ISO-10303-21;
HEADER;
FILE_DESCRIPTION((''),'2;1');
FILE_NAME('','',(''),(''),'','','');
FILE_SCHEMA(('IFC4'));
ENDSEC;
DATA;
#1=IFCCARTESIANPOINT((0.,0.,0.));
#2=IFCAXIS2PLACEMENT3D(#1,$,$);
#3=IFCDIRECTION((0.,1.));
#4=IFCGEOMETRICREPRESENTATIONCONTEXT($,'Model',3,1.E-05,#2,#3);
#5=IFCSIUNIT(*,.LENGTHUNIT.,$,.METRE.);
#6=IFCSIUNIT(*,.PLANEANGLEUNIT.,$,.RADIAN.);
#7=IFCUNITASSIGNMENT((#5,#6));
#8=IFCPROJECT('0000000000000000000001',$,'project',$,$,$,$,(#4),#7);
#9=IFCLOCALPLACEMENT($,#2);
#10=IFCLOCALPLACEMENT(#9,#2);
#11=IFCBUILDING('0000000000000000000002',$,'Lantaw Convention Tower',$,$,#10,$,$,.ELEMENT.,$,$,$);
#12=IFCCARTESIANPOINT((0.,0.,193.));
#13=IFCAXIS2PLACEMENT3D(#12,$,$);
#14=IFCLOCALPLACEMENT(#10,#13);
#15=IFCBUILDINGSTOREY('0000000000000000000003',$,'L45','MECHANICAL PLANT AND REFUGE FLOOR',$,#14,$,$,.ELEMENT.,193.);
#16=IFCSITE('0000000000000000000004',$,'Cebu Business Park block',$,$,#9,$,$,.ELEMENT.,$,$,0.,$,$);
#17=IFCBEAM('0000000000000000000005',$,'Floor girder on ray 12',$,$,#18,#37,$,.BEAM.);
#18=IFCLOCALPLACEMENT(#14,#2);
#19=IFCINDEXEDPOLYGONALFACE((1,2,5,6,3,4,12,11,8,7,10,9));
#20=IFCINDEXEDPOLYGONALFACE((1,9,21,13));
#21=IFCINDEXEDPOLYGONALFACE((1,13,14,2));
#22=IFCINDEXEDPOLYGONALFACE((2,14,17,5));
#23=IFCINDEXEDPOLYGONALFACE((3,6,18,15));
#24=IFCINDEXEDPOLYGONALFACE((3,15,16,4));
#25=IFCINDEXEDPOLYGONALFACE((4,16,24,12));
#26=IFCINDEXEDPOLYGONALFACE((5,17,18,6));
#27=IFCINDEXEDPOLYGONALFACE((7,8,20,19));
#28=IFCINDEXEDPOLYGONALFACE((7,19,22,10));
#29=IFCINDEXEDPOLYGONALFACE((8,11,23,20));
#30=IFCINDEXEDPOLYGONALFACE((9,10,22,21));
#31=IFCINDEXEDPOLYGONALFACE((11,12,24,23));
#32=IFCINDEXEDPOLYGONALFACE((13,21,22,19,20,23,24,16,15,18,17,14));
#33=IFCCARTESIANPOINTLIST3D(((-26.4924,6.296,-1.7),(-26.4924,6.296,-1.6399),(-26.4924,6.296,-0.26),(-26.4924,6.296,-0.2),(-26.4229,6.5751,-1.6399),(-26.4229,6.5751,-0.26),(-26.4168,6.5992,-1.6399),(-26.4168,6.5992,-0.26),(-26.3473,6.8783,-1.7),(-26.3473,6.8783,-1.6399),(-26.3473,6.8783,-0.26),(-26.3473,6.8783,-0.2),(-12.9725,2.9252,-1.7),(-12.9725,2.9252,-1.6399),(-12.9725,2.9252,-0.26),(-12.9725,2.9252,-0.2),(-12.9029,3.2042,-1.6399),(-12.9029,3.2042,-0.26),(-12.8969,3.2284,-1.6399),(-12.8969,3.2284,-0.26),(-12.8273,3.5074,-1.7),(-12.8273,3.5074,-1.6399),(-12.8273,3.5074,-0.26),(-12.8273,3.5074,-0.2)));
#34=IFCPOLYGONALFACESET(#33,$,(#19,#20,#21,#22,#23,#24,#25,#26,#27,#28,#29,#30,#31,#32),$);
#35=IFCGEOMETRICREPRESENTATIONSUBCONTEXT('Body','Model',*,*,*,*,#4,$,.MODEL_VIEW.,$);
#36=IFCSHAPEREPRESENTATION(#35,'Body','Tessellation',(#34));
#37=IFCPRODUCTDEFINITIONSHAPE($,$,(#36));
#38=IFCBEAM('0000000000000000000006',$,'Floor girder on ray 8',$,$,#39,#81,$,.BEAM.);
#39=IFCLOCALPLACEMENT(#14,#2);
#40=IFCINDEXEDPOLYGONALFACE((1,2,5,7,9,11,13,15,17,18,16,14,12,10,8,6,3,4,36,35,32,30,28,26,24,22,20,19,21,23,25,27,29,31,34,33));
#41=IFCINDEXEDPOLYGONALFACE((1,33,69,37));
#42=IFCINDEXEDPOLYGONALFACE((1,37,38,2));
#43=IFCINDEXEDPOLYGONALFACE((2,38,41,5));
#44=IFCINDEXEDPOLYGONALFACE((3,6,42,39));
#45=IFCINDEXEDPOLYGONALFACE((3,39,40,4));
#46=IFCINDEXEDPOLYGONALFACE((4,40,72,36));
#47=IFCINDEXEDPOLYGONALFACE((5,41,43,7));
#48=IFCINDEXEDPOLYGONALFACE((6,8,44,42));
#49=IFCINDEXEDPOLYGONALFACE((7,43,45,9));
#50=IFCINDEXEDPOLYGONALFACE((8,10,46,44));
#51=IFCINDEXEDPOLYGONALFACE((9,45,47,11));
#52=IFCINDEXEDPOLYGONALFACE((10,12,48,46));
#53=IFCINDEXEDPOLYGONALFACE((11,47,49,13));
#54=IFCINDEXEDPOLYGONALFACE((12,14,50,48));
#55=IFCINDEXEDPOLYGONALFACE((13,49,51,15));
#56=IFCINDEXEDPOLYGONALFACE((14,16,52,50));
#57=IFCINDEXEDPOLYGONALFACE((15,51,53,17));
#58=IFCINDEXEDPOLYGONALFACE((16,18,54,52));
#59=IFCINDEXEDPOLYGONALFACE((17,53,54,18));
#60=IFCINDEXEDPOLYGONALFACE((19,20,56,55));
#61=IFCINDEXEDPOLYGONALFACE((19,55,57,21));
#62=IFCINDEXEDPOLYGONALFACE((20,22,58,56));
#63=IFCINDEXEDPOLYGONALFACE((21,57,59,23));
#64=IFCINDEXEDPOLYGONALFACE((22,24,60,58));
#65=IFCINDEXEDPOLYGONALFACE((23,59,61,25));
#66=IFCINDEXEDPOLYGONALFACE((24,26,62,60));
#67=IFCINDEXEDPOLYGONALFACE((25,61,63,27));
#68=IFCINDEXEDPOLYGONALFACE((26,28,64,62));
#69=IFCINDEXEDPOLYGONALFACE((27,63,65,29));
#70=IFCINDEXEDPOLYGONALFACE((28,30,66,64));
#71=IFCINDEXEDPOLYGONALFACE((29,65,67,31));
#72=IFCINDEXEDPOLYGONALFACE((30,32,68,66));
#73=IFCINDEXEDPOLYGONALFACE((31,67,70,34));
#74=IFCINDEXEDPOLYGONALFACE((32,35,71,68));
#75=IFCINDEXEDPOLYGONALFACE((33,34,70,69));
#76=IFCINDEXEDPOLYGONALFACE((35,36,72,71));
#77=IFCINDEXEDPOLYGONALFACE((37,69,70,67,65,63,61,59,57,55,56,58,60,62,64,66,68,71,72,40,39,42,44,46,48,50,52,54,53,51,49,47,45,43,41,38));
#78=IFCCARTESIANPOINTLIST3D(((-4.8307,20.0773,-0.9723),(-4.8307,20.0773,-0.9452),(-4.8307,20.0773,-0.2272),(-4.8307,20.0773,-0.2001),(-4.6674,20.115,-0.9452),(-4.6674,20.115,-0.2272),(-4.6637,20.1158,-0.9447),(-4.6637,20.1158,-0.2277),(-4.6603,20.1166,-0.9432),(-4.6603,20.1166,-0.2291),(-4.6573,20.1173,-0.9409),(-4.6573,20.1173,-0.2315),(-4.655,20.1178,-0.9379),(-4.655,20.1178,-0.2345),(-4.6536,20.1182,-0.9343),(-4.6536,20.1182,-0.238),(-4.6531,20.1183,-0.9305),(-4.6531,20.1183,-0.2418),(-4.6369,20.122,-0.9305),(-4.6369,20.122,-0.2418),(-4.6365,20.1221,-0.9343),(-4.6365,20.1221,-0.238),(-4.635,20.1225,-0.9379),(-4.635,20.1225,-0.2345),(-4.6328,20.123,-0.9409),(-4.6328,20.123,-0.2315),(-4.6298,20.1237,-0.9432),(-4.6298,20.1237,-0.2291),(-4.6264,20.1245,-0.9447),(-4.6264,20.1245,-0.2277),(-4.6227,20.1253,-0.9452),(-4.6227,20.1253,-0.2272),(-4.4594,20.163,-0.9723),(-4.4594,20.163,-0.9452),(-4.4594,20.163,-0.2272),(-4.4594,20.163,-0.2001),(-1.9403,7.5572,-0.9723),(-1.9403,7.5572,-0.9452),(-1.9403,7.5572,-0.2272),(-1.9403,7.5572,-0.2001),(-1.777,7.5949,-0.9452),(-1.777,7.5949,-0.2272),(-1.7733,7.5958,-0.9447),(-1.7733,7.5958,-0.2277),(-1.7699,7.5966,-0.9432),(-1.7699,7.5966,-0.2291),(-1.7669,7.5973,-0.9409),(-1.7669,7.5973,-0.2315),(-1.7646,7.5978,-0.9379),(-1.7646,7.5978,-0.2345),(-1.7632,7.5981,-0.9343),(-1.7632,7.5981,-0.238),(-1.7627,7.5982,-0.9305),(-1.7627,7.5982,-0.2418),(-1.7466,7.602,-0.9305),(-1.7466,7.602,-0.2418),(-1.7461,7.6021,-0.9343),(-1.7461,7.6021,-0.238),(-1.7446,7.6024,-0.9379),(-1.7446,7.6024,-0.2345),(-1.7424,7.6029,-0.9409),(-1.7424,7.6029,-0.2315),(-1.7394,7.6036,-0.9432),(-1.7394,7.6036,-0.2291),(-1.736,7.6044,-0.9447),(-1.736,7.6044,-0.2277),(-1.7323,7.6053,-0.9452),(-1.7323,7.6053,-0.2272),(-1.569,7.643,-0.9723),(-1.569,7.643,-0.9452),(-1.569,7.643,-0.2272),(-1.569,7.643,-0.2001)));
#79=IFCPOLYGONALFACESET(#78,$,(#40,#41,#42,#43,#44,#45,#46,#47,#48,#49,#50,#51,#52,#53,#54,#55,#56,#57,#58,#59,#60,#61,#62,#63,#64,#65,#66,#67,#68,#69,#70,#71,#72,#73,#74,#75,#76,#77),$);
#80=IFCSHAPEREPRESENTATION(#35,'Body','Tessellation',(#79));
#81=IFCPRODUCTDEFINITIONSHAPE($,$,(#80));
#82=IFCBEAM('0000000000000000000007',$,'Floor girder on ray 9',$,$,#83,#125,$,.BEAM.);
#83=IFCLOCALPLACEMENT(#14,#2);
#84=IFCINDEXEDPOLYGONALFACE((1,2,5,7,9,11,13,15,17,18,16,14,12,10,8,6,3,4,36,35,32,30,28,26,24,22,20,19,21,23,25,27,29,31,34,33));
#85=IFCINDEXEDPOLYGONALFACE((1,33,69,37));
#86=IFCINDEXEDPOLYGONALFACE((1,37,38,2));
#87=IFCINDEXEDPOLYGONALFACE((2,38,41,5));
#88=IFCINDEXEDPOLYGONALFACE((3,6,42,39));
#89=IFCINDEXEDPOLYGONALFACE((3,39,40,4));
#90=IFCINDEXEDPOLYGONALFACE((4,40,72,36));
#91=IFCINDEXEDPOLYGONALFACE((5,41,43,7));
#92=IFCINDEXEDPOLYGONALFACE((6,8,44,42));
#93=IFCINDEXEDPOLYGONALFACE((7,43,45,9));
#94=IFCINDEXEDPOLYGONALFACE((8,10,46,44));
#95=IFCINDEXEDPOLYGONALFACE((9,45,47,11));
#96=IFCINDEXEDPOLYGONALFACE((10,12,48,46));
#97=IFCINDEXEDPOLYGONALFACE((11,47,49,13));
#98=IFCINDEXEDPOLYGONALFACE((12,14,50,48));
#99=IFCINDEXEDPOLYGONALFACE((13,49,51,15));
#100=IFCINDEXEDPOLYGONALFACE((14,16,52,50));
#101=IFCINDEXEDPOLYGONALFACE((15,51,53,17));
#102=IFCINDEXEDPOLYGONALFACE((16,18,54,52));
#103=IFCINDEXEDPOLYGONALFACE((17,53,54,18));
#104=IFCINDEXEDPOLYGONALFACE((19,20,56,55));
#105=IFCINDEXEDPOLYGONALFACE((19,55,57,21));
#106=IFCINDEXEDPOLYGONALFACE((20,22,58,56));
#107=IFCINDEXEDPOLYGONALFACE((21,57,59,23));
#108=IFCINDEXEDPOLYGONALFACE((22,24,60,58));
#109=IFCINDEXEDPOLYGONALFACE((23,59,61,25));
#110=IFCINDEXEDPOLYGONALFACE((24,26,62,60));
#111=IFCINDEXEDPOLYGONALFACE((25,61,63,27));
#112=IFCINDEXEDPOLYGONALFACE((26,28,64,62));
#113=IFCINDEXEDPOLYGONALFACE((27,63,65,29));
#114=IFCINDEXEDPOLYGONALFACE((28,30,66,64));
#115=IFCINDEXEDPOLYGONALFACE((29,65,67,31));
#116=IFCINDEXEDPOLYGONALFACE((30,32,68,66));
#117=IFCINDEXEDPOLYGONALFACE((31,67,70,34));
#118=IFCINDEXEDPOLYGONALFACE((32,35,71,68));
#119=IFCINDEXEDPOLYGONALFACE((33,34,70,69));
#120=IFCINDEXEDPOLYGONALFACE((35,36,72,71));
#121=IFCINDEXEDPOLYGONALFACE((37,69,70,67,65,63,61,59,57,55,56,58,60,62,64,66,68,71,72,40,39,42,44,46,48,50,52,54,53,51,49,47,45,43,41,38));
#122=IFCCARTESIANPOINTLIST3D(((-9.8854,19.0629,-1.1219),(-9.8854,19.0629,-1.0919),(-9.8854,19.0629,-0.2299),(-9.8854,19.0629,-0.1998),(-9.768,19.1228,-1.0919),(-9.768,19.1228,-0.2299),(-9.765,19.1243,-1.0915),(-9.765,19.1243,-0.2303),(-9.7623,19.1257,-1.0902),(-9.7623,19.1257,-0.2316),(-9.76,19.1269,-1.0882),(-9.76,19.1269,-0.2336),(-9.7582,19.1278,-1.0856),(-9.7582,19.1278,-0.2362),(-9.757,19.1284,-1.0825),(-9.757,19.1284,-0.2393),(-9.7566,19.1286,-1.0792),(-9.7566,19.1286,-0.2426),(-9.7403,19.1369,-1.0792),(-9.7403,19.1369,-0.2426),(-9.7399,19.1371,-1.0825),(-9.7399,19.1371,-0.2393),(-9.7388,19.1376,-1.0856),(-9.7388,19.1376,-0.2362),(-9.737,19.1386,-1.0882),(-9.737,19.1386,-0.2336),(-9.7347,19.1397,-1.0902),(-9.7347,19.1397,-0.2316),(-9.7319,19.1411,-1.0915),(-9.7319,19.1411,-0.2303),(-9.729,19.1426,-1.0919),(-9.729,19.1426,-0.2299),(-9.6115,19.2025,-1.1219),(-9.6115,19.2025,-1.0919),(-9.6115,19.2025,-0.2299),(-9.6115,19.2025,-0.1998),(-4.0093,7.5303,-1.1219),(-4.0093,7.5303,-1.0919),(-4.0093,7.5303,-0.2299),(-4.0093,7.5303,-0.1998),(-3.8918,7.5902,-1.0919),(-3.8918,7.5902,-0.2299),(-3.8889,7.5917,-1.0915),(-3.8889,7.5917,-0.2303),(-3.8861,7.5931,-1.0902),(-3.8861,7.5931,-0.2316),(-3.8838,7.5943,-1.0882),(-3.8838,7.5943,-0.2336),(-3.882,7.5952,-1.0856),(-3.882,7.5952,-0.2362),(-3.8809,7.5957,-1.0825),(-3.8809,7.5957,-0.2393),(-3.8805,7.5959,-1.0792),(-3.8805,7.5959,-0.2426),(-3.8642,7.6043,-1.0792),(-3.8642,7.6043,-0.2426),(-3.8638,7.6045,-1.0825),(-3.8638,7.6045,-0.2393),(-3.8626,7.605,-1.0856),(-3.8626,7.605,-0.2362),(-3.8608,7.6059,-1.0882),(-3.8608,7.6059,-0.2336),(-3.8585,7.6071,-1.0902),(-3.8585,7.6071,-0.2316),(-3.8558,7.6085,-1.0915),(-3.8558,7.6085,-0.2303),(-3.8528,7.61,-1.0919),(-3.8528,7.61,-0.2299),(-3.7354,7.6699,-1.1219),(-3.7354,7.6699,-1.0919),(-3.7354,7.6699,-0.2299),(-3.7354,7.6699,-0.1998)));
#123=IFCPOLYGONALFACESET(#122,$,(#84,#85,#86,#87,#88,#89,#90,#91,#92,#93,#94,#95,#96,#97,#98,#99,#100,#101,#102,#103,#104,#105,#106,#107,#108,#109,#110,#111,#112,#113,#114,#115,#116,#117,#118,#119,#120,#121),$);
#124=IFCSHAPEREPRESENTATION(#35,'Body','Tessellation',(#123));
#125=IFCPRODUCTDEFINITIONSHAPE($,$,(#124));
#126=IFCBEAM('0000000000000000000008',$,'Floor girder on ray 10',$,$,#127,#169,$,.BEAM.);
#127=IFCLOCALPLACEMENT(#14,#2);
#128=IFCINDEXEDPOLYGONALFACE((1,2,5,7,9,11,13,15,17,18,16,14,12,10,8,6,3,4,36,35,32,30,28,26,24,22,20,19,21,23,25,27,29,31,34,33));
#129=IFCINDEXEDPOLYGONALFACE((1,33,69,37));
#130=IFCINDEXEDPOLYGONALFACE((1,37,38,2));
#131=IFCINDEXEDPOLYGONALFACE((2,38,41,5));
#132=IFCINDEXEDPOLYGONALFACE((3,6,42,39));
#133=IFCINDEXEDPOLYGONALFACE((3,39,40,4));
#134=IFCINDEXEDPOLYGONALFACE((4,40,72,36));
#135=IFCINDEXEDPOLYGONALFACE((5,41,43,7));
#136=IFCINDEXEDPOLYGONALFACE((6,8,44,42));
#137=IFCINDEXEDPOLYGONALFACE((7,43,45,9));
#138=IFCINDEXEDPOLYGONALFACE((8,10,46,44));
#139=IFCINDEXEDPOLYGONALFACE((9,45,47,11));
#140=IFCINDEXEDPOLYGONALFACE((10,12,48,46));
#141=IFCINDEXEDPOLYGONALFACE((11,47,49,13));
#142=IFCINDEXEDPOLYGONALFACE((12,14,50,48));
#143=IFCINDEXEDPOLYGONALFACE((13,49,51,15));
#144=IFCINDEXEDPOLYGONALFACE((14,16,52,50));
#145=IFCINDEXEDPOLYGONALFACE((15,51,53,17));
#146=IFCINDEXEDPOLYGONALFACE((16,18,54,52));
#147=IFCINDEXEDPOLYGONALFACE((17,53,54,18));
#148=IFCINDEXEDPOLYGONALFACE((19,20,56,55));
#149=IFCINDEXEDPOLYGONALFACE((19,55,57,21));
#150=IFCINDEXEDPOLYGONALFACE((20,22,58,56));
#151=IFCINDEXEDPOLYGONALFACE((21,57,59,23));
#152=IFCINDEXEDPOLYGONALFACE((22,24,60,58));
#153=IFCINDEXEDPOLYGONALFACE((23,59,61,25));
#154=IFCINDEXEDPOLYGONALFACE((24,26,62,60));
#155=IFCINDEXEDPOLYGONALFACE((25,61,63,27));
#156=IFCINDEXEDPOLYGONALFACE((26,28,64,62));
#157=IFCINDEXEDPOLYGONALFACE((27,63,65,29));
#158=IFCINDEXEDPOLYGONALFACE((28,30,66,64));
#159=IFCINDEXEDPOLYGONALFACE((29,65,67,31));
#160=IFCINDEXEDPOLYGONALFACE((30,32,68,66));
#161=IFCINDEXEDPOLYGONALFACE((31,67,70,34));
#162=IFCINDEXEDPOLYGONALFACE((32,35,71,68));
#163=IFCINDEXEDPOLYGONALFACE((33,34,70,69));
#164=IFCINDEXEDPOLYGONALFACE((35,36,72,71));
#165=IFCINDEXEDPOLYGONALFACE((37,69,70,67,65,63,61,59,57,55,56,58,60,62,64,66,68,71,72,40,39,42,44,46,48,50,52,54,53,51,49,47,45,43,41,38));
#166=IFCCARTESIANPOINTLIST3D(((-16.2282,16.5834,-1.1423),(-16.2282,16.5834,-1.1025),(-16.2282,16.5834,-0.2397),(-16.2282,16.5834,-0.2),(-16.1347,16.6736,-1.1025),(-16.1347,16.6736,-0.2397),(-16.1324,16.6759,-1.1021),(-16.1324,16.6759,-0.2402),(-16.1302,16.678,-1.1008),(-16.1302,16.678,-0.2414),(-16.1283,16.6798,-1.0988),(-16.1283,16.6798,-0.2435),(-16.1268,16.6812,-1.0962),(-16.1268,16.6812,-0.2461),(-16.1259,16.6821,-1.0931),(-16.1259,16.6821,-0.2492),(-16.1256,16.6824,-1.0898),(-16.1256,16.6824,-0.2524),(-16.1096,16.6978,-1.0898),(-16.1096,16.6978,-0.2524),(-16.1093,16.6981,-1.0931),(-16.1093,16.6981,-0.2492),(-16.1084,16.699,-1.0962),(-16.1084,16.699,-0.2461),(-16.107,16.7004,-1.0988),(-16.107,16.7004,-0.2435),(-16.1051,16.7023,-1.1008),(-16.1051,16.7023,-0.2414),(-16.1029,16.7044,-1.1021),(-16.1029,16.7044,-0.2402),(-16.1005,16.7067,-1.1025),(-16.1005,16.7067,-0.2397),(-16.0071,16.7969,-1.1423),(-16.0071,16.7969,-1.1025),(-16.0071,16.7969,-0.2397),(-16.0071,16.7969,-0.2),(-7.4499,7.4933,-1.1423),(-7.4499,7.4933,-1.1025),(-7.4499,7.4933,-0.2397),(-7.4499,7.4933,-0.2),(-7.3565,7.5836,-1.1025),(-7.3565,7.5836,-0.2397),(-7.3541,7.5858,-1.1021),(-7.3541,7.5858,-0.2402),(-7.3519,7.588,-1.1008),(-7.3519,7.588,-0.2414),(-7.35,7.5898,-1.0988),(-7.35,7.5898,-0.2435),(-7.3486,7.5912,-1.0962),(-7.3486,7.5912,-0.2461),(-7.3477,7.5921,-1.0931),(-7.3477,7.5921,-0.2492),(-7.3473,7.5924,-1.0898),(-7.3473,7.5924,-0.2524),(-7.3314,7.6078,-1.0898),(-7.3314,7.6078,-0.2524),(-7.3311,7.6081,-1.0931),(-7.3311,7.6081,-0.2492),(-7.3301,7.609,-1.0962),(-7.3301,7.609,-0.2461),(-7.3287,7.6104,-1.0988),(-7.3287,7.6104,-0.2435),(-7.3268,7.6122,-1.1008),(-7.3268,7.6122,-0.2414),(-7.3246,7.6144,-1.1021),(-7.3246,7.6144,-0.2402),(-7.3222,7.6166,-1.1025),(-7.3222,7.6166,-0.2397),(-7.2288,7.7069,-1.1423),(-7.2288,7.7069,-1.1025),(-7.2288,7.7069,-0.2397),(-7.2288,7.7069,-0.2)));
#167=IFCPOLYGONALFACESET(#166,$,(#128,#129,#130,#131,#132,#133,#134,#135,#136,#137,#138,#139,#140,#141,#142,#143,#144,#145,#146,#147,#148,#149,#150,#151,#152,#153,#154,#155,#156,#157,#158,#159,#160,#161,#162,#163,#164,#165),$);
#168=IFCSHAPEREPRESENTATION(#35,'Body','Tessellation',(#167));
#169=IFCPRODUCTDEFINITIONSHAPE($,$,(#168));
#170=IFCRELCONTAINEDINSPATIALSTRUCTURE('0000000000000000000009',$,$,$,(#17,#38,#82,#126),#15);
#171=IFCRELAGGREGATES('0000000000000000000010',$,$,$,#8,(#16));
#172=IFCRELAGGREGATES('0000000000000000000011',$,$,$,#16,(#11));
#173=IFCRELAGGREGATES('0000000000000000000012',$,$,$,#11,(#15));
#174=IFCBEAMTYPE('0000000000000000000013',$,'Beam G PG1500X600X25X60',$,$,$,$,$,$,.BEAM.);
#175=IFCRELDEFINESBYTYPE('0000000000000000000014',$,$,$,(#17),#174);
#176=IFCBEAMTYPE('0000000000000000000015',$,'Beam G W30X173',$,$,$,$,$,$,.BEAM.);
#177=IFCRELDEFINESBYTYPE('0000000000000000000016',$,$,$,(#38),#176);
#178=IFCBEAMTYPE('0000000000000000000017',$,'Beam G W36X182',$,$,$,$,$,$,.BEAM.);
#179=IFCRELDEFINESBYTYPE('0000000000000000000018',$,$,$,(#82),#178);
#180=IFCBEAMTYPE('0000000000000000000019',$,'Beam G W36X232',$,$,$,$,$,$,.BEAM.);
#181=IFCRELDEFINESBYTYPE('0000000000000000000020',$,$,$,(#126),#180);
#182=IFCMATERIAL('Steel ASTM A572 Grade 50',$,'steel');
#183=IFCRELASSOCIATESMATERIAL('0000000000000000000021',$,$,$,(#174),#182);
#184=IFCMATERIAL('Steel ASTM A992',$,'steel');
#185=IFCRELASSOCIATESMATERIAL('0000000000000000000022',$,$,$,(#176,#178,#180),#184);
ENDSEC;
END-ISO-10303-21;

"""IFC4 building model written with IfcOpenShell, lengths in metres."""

from ifc_helpers import new_model, si_unit, direction, frame, origin, origin_2d, place, context, subcontext, project, spatial, i_section, extrude, material, material_profile, profile_set, type_object, element, save


model = new_model("IFC4")

# Units and contexts
model_context = context("Model", 3, precision=1e-05, world=origin(), true_north=direction((0.0, 1.0)))
body_context = subcontext(model_context, "Body", "Model", "MODEL_VIEW")
ifc_project = project(units=[si_unit("LENGTHUNIT", "METRE"), si_unit("PLANEANGLEUNIT", "RADIAN")], contexts=[model_context])

# Site, building, storey
site_placement = place(None, origin())
site = spatial("IfcSite", under=ifc_project, at=site_placement, Name="Cebu Business Park block", CompositionType="ELEMENT", RefElevation=0.0)
building_placement = place(site_placement, origin())
building = spatial("IfcBuilding", under=site, at=building_placement, Name="Lantaw Convention Tower", CompositionType="ELEMENT")
storey_placement = place(building_placement, frame((0.0, 0.0, 193.0)))
storey = spatial("IfcBuildingStorey", under=building, at=storey_placement, Name="L45", Description="MECHANICAL PLANT AND REFUGE FLOOR", CompositionType="ELEMENT", Elevation=193.0)

# Beams
ifc_material_1 = material(Name="Steel ASTM A572 Grade 50", Category="steel")
ifc_material_profile_1 = material_profile(ifc_material_1, i_section(OverallWidth=0.6001, OverallDepth=1.5, WebThickness=0.0249, FlangeThickness=0.0601, at=origin_2d()), Name="PG1500X600X25X60")
ifc_profile_set_1 = profile_set([ifc_material_profile_1], Name="Steel ASTM A572 Grade 50")
beam_type_1 = type_object("IfcBeamType", Name="Beam G PG1500X600X25X60", PredefinedType="BEAM", material=ifc_profile_set_1)
beam_1_placement = place(storey_placement, frame((-12.8999, 3.2163, -0.95), z_axis=(-0.970297, 0.241917, 0.0), x_axis=(-0.241917, -0.970297, 0.0)))
element("IfcBeam", 1, at=beam_1_placement, inside=storey, type_object=beam_type_1, Name="Floor girder on ray 12", PredefinedType="BEAM", context=body_context, shape_type="SweptSolid", body=[
    extrude(i_section(OverallWidth=0.6001, OverallDepth=1.5, WebThickness=0.0249, FlangeThickness=0.0601, at=origin_2d()), origin(), (0.0, 0.0, 1.0), 13.9338),
])
ifc_material_2 = material(Name="Steel ASTM A992", Category="steel")
ifc_material_profile_2 = material_profile(ifc_material_2, i_section(OverallWidth=0.3811, OverallDepth=0.7722, WebThickness=0.0166, FlangeThickness=0.0271, FilletRadius=0.0146, at=origin_2d()), Name="W30X173")
ifc_profile_set_2 = profile_set([ifc_material_profile_2], Name="Steel ASTM A992")
beam_type_2 = type_object("IfcBeamType", Name="Beam G W30X173", PredefinedType="BEAM", material=ifc_profile_set_2)
beam_2_placement = place(storey_placement, frame((-1.7546, 7.6001, -0.5862), z_axis=(-0.224944, 0.974372, 0.0), x_axis=(-0.974372, -0.224944, 0.0)))
element("IfcBeam", 2, at=beam_2_placement, inside=storey, type_object=beam_type_2, Name="Floor girder on ray 8", PredefinedType="BEAM", context=body_context, shape_type="SweptSolid", body=[
    extrude(i_section(OverallWidth=0.3811, OverallDepth=0.7722, WebThickness=0.0166, FlangeThickness=0.0271, FilletRadius=0.0146, at=origin_2d()), origin(), (0.0, 0.0, 1.0), 12.8494),
])
ifc_material_profile_3 = material_profile(ifc_material_2, i_section(OverallWidth=0.3074, OverallDepth=0.9221, WebThickness=0.0183, FlangeThickness=0.03, FilletRadius=0.0127, at=origin_2d()), Name="W36X182")
ifc_profile_set_3 = profile_set([ifc_material_profile_3], Name="Steel ASTM A992")
beam_type_3 = type_object("IfcBeamType", Name="Beam G W36X182", PredefinedType="BEAM", material=ifc_profile_set_3)
beam_3_placement = place(storey_placement, frame((-3.8723, 7.6001, -0.6609), z_axis=(-0.453991, 0.891006, 0.0), x_axis=(-0.891006, -0.453991, 0.0)))
element("IfcBeam", 3, at=beam_3_placement, inside=storey, type_object=beam_type_3, Name="Floor girder on ray 9", PredefinedType="BEAM", context=body_context, shape_type="SweptSolid", body=[
    extrude(i_section(OverallWidth=0.3074, OverallDepth=0.9221, WebThickness=0.0183, FlangeThickness=0.03, FilletRadius=0.0127, at=origin_2d()), origin(), (0.0, 0.0, 1.0), 12.9434),
])
ifc_material_profile_4 = material_profile(ifc_material_2, i_section(OverallWidth=0.3074, OverallDepth=0.9424, WebThickness=0.0222, FlangeThickness=0.0398, FilletRadius=0.0127, at=origin_2d()), Name="W36X232")
ifc_profile_set_4 = profile_set([ifc_material_profile_4], Name="Steel ASTM A992")
beam_type_4 = type_object("IfcBeamType", Name="Beam G W36X232", PredefinedType="BEAM", material=ifc_profile_set_4)
beam_4_placement = place(storey_placement, frame((-7.3394, 7.6001, -0.6711), z_axis=(-0.694663, 0.719335, 0.0), x_axis=(-0.719335, -0.694663, 0.0)))
element("IfcBeam", 4, at=beam_4_placement, inside=storey, type_object=beam_type_4, Name="Floor girder on ray 10", PredefinedType="BEAM", context=body_context, shape_type="SweptSolid", body=[
    extrude(i_section(OverallWidth=0.3074, OverallDepth=0.9424, WebThickness=0.0222, FlangeThickness=0.0398, FilletRadius=0.0127, at=origin_2d()), origin(), (0.0, 0.0, 1.0), 12.6367),
])

save(model, "model.ifc")
